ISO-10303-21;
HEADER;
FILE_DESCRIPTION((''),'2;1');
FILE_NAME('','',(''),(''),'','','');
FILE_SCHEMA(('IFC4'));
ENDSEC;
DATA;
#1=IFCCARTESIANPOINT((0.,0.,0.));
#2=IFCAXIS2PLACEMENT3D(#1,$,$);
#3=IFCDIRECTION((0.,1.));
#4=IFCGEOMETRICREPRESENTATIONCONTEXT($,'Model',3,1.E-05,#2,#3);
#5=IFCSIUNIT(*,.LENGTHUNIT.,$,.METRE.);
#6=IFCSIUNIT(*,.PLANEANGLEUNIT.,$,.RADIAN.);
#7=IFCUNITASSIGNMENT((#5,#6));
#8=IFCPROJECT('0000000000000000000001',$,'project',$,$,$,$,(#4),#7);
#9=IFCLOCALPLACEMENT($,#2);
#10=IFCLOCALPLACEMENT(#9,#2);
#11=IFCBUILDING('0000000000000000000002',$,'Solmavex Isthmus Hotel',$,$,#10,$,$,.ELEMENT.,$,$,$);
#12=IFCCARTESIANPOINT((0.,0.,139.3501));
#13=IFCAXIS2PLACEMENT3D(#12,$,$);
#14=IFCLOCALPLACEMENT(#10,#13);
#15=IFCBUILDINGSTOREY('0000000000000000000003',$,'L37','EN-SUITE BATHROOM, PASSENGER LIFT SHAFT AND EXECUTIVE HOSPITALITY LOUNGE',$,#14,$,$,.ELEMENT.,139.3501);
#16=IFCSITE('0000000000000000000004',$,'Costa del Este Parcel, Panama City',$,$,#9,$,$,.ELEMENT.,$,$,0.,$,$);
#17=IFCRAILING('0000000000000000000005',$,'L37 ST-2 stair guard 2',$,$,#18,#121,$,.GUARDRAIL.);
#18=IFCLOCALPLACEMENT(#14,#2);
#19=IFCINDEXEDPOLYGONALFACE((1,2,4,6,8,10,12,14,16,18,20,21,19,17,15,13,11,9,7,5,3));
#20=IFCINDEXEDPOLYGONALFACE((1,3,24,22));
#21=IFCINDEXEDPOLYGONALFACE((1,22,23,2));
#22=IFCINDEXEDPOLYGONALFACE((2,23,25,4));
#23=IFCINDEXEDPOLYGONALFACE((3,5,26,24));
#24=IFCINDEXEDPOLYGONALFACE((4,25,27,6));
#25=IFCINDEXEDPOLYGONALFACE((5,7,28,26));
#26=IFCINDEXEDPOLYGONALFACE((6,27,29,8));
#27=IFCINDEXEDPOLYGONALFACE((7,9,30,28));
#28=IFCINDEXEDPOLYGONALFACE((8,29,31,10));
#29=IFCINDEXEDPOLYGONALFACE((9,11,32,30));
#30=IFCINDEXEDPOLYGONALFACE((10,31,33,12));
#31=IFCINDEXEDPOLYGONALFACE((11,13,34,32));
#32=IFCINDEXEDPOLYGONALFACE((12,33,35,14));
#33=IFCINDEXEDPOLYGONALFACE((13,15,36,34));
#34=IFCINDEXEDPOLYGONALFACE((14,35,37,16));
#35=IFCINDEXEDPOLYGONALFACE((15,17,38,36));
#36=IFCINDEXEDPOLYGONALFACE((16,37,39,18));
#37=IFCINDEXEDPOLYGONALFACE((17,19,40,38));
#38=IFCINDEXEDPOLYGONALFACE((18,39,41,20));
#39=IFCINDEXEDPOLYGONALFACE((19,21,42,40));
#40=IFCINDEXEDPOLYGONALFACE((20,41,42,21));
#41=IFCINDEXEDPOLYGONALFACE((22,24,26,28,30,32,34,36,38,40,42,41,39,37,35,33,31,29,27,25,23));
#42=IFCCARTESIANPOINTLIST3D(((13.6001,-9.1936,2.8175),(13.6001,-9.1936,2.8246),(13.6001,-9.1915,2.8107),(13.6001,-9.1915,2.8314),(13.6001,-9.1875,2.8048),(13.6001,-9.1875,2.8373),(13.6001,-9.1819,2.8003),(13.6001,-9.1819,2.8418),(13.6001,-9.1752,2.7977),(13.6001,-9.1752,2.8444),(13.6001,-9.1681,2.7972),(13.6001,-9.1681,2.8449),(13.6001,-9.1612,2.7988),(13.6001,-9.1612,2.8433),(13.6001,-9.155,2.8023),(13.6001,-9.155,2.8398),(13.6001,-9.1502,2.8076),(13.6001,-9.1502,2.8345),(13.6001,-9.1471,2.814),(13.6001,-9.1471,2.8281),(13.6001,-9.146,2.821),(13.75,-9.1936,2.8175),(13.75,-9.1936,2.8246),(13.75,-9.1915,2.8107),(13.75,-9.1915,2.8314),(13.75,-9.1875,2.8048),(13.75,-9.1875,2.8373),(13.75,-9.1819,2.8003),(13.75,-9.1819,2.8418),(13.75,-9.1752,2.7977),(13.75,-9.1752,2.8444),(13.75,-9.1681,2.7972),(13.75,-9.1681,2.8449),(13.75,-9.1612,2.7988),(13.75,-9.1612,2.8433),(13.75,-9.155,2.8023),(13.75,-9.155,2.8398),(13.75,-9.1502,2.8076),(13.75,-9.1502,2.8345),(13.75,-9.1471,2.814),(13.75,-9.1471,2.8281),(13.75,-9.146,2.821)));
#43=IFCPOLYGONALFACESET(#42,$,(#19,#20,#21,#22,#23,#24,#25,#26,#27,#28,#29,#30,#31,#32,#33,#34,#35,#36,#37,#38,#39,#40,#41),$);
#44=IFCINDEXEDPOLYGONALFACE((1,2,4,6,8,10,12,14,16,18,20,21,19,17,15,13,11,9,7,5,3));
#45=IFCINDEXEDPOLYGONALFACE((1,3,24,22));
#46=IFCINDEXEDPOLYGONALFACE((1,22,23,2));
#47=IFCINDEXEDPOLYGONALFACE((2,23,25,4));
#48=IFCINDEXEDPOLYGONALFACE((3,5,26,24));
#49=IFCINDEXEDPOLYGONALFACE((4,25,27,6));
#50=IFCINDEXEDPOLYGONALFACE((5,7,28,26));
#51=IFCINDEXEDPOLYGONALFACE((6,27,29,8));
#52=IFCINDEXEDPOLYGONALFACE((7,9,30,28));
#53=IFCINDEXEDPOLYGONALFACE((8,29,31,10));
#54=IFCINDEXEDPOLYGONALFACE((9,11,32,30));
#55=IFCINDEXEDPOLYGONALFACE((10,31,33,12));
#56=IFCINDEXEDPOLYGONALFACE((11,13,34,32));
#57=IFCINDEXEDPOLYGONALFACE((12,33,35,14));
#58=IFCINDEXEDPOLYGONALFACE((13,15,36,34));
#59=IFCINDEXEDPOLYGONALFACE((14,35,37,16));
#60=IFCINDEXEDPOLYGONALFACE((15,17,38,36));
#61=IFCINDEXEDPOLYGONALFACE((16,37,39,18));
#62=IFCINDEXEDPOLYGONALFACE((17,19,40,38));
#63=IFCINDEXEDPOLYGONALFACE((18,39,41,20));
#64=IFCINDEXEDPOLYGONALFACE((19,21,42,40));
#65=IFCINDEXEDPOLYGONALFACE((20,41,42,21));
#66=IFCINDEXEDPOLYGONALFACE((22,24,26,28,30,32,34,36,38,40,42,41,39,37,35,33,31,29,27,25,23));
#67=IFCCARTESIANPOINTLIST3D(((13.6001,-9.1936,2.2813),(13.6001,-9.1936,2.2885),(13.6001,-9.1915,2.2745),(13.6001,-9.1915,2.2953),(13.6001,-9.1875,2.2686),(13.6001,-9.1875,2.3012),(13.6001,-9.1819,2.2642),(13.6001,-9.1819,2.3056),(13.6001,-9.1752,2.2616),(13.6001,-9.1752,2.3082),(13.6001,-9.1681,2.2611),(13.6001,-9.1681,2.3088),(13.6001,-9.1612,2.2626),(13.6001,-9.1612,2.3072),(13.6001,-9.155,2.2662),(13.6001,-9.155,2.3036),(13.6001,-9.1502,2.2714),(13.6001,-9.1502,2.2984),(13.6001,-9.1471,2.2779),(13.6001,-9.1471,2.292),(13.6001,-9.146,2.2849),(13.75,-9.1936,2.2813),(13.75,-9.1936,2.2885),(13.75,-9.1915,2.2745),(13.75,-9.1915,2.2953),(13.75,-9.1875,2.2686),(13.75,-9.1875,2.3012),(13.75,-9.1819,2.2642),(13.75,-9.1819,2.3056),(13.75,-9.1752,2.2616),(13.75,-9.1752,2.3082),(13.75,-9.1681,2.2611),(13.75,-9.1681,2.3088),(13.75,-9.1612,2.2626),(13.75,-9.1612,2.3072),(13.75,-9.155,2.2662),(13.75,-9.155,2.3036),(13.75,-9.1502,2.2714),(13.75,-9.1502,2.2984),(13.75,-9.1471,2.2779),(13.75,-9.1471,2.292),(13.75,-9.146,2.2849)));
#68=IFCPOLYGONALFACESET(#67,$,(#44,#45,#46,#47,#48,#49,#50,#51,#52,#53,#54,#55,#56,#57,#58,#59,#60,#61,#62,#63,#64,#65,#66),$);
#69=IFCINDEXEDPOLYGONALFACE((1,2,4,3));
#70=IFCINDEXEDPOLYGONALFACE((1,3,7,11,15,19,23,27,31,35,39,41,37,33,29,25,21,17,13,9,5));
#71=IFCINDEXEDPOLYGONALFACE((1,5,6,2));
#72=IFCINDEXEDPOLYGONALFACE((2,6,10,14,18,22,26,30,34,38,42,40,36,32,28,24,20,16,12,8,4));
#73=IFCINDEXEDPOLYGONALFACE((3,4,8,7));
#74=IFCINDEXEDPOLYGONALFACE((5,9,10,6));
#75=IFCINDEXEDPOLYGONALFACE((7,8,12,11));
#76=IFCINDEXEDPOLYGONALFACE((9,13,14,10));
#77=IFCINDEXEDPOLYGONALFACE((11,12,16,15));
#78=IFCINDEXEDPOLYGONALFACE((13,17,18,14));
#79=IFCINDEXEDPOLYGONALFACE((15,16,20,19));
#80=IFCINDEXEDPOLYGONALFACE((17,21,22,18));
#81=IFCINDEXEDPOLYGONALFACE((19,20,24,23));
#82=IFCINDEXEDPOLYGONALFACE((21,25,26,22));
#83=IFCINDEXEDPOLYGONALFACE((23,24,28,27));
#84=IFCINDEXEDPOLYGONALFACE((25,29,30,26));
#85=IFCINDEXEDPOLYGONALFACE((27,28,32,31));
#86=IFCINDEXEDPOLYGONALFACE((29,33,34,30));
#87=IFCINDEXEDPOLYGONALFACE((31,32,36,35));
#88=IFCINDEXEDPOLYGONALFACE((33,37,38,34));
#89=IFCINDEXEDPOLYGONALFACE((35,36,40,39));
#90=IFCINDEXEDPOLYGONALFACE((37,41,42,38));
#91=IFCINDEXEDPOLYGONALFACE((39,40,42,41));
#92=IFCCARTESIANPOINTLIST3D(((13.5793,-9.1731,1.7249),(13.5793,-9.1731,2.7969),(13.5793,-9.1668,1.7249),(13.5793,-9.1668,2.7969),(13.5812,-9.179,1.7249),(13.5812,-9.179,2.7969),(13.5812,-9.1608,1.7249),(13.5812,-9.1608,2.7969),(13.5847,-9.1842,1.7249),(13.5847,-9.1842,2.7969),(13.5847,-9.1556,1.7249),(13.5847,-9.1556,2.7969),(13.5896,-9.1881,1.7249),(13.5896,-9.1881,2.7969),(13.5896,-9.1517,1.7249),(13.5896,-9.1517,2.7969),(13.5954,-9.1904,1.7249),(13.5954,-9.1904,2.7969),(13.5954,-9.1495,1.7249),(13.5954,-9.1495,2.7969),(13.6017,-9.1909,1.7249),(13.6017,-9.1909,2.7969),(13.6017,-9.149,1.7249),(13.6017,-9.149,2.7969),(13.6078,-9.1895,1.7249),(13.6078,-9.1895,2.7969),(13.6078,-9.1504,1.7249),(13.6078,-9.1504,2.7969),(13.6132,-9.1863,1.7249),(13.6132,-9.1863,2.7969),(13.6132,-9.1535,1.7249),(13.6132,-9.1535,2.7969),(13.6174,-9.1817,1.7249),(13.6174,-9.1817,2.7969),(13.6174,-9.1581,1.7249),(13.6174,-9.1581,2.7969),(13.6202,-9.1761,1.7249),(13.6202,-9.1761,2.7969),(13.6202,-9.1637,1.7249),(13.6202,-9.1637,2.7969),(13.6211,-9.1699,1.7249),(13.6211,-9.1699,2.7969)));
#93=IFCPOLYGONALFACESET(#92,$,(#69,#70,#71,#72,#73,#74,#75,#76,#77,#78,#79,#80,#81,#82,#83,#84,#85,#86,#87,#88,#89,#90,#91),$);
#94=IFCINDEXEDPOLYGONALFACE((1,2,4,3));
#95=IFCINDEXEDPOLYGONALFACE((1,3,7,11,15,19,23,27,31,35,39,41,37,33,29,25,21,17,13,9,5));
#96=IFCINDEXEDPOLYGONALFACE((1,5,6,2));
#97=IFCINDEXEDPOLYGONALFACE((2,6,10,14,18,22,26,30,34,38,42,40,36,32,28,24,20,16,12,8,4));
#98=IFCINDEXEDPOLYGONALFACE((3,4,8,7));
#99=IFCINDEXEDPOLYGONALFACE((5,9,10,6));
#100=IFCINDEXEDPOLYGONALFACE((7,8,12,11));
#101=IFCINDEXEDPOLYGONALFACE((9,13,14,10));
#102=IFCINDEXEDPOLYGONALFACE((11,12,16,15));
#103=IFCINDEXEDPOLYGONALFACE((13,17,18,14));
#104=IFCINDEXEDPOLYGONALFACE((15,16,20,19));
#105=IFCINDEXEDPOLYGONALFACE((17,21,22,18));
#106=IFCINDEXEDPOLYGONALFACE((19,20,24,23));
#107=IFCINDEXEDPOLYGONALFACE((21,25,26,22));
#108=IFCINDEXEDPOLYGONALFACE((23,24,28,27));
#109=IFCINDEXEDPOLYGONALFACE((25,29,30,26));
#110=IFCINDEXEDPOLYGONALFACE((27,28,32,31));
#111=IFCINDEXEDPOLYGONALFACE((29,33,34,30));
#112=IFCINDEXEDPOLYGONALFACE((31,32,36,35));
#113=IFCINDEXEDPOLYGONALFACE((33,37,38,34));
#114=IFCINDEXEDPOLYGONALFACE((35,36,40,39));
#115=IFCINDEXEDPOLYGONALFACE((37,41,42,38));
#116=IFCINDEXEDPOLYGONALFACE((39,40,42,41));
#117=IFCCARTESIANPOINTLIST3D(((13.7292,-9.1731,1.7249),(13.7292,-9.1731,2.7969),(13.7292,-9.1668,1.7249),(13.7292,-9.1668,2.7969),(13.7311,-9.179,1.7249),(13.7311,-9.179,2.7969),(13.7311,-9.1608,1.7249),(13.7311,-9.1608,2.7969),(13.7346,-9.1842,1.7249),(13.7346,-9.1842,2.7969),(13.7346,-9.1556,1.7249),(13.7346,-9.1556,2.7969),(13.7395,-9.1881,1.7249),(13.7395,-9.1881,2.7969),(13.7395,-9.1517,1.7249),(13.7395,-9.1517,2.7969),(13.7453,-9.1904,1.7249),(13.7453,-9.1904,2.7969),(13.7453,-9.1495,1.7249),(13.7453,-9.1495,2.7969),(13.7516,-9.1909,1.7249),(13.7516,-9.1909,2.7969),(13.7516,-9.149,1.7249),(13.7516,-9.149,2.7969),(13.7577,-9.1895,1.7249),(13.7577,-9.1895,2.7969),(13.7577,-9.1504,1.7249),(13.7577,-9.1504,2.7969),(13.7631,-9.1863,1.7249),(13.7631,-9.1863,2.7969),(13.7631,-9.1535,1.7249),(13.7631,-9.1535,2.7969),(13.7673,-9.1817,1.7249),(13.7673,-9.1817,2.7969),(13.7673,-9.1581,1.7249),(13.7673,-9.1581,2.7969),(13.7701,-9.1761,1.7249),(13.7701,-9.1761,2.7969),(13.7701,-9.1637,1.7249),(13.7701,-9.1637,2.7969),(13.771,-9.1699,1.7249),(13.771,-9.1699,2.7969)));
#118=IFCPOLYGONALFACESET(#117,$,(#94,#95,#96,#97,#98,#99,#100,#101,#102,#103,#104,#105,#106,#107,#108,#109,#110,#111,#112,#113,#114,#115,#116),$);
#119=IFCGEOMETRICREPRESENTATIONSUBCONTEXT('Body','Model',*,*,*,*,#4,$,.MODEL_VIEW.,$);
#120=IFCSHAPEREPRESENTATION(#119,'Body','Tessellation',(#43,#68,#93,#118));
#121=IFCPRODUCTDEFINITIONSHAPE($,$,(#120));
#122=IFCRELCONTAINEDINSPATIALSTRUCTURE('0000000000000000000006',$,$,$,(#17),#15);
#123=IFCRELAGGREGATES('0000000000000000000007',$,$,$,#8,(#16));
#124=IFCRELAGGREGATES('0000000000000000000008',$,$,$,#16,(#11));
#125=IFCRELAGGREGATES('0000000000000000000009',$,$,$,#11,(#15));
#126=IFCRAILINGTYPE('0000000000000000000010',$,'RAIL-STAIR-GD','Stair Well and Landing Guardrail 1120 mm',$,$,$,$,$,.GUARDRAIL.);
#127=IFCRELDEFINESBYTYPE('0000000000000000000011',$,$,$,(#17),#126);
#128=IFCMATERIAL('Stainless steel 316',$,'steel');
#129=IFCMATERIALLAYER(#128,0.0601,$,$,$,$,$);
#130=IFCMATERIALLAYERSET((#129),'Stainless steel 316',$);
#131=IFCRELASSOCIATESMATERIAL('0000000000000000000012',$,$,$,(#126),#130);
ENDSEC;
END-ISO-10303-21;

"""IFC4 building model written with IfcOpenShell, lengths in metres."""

from ifc_helpers import new_model, si_unit, direction, frame, origin, origin_2d, place, context, subcontext, project, spatial, circle, extrude, material, layer, layer_set, type_object, element, save


model = new_model("IFC4")

# Units and contexts
model_context = context("Model", 3, precision=1e-05, world=origin(), true_north=direction((0.0, 1.0)))
body_context = subcontext(model_context, "Body", "Model", "MODEL_VIEW")
ifc_project = project(units=[si_unit("LENGTHUNIT", "METRE"), si_unit("PLANEANGLEUNIT", "RADIAN")], contexts=[model_context])

# Site, building, storey
site_placement = place(None, origin())
site = spatial("IfcSite", under=ifc_project, at=site_placement, Name="Costa del Este Parcel, Panama City", CompositionType="ELEMENT", RefElevation=0.0)
building_placement = place(site_placement, origin())
building = spatial("IfcBuilding", under=site, at=building_placement, Name="Solmavex Isthmus Hotel", CompositionType="ELEMENT")
storey_placement = place(building_placement, frame((0.0, 0.0, 139.3501)))
storey = spatial("IfcBuildingStorey", under=building, at=storey_placement, Name="L37", Description="EN-SUITE BATHROOM, PASSENGER LIFT SHAFT AND EXECUTIVE HOSPITALITY LOUNGE", CompositionType="ELEMENT", Elevation=139.3501)

# Shared definitions
ifc_material_1 = material(Name="Stainless steel 316", Category="steel")

# Railing
ifc_layer_1 = layer(ifc_material_1, 0.0601)
ifc_layer_set_1 = layer_set([ifc_layer_1], Name="Stainless steel 316")
railing_type_1 = type_object("IfcRailingType", Name="RAIL-STAIR-GD", Description="Stair Well and Landing Guardrail 1120 mm", PredefinedType="GUARDRAIL", material=ifc_layer_set_1)
for number, where, name in (
    (1, (13.6001, -9.1699, 1.7249), "L37 ST-2 stair guard 2"),
):
    element("IfcRailing", number, at=place(storey_placement, frame(where)), inside=storey, type_object=railing_type_1, Name=name, PredefinedType="GUARDRAIL", context=body_context, shape_type="SweptSolid", body=[
        extrude(circle(Radius=0.0239, at=origin_2d()), frame((0.0, 0.0, 1.0962), z_axis=(1.0, 0.0, 0.0), x_axis=(0.0, 1.0, 0.0)), (0.0, 0.0, 1.0), 0.1499),
        extrude(circle(Radius=0.0239, at=origin_2d()), frame((0.0, 0.0, 0.5601), z_axis=(1.0, 0.0, 0.0), x_axis=(0.0, 1.0, 0.0)), (0.0, 0.0, 1.0), 0.1499),
        extrude(circle(Radius=0.021, at=origin_2d()), origin(), (0.0, 0.0, 1.0), 1.072),
        extrude(circle(Radius=0.021, at=origin_2d()), frame((0.1499, 0.0, 0.0)), (0.0, 0.0, 1.0), 1.072),
    ])

save(model, "model.ifc")
